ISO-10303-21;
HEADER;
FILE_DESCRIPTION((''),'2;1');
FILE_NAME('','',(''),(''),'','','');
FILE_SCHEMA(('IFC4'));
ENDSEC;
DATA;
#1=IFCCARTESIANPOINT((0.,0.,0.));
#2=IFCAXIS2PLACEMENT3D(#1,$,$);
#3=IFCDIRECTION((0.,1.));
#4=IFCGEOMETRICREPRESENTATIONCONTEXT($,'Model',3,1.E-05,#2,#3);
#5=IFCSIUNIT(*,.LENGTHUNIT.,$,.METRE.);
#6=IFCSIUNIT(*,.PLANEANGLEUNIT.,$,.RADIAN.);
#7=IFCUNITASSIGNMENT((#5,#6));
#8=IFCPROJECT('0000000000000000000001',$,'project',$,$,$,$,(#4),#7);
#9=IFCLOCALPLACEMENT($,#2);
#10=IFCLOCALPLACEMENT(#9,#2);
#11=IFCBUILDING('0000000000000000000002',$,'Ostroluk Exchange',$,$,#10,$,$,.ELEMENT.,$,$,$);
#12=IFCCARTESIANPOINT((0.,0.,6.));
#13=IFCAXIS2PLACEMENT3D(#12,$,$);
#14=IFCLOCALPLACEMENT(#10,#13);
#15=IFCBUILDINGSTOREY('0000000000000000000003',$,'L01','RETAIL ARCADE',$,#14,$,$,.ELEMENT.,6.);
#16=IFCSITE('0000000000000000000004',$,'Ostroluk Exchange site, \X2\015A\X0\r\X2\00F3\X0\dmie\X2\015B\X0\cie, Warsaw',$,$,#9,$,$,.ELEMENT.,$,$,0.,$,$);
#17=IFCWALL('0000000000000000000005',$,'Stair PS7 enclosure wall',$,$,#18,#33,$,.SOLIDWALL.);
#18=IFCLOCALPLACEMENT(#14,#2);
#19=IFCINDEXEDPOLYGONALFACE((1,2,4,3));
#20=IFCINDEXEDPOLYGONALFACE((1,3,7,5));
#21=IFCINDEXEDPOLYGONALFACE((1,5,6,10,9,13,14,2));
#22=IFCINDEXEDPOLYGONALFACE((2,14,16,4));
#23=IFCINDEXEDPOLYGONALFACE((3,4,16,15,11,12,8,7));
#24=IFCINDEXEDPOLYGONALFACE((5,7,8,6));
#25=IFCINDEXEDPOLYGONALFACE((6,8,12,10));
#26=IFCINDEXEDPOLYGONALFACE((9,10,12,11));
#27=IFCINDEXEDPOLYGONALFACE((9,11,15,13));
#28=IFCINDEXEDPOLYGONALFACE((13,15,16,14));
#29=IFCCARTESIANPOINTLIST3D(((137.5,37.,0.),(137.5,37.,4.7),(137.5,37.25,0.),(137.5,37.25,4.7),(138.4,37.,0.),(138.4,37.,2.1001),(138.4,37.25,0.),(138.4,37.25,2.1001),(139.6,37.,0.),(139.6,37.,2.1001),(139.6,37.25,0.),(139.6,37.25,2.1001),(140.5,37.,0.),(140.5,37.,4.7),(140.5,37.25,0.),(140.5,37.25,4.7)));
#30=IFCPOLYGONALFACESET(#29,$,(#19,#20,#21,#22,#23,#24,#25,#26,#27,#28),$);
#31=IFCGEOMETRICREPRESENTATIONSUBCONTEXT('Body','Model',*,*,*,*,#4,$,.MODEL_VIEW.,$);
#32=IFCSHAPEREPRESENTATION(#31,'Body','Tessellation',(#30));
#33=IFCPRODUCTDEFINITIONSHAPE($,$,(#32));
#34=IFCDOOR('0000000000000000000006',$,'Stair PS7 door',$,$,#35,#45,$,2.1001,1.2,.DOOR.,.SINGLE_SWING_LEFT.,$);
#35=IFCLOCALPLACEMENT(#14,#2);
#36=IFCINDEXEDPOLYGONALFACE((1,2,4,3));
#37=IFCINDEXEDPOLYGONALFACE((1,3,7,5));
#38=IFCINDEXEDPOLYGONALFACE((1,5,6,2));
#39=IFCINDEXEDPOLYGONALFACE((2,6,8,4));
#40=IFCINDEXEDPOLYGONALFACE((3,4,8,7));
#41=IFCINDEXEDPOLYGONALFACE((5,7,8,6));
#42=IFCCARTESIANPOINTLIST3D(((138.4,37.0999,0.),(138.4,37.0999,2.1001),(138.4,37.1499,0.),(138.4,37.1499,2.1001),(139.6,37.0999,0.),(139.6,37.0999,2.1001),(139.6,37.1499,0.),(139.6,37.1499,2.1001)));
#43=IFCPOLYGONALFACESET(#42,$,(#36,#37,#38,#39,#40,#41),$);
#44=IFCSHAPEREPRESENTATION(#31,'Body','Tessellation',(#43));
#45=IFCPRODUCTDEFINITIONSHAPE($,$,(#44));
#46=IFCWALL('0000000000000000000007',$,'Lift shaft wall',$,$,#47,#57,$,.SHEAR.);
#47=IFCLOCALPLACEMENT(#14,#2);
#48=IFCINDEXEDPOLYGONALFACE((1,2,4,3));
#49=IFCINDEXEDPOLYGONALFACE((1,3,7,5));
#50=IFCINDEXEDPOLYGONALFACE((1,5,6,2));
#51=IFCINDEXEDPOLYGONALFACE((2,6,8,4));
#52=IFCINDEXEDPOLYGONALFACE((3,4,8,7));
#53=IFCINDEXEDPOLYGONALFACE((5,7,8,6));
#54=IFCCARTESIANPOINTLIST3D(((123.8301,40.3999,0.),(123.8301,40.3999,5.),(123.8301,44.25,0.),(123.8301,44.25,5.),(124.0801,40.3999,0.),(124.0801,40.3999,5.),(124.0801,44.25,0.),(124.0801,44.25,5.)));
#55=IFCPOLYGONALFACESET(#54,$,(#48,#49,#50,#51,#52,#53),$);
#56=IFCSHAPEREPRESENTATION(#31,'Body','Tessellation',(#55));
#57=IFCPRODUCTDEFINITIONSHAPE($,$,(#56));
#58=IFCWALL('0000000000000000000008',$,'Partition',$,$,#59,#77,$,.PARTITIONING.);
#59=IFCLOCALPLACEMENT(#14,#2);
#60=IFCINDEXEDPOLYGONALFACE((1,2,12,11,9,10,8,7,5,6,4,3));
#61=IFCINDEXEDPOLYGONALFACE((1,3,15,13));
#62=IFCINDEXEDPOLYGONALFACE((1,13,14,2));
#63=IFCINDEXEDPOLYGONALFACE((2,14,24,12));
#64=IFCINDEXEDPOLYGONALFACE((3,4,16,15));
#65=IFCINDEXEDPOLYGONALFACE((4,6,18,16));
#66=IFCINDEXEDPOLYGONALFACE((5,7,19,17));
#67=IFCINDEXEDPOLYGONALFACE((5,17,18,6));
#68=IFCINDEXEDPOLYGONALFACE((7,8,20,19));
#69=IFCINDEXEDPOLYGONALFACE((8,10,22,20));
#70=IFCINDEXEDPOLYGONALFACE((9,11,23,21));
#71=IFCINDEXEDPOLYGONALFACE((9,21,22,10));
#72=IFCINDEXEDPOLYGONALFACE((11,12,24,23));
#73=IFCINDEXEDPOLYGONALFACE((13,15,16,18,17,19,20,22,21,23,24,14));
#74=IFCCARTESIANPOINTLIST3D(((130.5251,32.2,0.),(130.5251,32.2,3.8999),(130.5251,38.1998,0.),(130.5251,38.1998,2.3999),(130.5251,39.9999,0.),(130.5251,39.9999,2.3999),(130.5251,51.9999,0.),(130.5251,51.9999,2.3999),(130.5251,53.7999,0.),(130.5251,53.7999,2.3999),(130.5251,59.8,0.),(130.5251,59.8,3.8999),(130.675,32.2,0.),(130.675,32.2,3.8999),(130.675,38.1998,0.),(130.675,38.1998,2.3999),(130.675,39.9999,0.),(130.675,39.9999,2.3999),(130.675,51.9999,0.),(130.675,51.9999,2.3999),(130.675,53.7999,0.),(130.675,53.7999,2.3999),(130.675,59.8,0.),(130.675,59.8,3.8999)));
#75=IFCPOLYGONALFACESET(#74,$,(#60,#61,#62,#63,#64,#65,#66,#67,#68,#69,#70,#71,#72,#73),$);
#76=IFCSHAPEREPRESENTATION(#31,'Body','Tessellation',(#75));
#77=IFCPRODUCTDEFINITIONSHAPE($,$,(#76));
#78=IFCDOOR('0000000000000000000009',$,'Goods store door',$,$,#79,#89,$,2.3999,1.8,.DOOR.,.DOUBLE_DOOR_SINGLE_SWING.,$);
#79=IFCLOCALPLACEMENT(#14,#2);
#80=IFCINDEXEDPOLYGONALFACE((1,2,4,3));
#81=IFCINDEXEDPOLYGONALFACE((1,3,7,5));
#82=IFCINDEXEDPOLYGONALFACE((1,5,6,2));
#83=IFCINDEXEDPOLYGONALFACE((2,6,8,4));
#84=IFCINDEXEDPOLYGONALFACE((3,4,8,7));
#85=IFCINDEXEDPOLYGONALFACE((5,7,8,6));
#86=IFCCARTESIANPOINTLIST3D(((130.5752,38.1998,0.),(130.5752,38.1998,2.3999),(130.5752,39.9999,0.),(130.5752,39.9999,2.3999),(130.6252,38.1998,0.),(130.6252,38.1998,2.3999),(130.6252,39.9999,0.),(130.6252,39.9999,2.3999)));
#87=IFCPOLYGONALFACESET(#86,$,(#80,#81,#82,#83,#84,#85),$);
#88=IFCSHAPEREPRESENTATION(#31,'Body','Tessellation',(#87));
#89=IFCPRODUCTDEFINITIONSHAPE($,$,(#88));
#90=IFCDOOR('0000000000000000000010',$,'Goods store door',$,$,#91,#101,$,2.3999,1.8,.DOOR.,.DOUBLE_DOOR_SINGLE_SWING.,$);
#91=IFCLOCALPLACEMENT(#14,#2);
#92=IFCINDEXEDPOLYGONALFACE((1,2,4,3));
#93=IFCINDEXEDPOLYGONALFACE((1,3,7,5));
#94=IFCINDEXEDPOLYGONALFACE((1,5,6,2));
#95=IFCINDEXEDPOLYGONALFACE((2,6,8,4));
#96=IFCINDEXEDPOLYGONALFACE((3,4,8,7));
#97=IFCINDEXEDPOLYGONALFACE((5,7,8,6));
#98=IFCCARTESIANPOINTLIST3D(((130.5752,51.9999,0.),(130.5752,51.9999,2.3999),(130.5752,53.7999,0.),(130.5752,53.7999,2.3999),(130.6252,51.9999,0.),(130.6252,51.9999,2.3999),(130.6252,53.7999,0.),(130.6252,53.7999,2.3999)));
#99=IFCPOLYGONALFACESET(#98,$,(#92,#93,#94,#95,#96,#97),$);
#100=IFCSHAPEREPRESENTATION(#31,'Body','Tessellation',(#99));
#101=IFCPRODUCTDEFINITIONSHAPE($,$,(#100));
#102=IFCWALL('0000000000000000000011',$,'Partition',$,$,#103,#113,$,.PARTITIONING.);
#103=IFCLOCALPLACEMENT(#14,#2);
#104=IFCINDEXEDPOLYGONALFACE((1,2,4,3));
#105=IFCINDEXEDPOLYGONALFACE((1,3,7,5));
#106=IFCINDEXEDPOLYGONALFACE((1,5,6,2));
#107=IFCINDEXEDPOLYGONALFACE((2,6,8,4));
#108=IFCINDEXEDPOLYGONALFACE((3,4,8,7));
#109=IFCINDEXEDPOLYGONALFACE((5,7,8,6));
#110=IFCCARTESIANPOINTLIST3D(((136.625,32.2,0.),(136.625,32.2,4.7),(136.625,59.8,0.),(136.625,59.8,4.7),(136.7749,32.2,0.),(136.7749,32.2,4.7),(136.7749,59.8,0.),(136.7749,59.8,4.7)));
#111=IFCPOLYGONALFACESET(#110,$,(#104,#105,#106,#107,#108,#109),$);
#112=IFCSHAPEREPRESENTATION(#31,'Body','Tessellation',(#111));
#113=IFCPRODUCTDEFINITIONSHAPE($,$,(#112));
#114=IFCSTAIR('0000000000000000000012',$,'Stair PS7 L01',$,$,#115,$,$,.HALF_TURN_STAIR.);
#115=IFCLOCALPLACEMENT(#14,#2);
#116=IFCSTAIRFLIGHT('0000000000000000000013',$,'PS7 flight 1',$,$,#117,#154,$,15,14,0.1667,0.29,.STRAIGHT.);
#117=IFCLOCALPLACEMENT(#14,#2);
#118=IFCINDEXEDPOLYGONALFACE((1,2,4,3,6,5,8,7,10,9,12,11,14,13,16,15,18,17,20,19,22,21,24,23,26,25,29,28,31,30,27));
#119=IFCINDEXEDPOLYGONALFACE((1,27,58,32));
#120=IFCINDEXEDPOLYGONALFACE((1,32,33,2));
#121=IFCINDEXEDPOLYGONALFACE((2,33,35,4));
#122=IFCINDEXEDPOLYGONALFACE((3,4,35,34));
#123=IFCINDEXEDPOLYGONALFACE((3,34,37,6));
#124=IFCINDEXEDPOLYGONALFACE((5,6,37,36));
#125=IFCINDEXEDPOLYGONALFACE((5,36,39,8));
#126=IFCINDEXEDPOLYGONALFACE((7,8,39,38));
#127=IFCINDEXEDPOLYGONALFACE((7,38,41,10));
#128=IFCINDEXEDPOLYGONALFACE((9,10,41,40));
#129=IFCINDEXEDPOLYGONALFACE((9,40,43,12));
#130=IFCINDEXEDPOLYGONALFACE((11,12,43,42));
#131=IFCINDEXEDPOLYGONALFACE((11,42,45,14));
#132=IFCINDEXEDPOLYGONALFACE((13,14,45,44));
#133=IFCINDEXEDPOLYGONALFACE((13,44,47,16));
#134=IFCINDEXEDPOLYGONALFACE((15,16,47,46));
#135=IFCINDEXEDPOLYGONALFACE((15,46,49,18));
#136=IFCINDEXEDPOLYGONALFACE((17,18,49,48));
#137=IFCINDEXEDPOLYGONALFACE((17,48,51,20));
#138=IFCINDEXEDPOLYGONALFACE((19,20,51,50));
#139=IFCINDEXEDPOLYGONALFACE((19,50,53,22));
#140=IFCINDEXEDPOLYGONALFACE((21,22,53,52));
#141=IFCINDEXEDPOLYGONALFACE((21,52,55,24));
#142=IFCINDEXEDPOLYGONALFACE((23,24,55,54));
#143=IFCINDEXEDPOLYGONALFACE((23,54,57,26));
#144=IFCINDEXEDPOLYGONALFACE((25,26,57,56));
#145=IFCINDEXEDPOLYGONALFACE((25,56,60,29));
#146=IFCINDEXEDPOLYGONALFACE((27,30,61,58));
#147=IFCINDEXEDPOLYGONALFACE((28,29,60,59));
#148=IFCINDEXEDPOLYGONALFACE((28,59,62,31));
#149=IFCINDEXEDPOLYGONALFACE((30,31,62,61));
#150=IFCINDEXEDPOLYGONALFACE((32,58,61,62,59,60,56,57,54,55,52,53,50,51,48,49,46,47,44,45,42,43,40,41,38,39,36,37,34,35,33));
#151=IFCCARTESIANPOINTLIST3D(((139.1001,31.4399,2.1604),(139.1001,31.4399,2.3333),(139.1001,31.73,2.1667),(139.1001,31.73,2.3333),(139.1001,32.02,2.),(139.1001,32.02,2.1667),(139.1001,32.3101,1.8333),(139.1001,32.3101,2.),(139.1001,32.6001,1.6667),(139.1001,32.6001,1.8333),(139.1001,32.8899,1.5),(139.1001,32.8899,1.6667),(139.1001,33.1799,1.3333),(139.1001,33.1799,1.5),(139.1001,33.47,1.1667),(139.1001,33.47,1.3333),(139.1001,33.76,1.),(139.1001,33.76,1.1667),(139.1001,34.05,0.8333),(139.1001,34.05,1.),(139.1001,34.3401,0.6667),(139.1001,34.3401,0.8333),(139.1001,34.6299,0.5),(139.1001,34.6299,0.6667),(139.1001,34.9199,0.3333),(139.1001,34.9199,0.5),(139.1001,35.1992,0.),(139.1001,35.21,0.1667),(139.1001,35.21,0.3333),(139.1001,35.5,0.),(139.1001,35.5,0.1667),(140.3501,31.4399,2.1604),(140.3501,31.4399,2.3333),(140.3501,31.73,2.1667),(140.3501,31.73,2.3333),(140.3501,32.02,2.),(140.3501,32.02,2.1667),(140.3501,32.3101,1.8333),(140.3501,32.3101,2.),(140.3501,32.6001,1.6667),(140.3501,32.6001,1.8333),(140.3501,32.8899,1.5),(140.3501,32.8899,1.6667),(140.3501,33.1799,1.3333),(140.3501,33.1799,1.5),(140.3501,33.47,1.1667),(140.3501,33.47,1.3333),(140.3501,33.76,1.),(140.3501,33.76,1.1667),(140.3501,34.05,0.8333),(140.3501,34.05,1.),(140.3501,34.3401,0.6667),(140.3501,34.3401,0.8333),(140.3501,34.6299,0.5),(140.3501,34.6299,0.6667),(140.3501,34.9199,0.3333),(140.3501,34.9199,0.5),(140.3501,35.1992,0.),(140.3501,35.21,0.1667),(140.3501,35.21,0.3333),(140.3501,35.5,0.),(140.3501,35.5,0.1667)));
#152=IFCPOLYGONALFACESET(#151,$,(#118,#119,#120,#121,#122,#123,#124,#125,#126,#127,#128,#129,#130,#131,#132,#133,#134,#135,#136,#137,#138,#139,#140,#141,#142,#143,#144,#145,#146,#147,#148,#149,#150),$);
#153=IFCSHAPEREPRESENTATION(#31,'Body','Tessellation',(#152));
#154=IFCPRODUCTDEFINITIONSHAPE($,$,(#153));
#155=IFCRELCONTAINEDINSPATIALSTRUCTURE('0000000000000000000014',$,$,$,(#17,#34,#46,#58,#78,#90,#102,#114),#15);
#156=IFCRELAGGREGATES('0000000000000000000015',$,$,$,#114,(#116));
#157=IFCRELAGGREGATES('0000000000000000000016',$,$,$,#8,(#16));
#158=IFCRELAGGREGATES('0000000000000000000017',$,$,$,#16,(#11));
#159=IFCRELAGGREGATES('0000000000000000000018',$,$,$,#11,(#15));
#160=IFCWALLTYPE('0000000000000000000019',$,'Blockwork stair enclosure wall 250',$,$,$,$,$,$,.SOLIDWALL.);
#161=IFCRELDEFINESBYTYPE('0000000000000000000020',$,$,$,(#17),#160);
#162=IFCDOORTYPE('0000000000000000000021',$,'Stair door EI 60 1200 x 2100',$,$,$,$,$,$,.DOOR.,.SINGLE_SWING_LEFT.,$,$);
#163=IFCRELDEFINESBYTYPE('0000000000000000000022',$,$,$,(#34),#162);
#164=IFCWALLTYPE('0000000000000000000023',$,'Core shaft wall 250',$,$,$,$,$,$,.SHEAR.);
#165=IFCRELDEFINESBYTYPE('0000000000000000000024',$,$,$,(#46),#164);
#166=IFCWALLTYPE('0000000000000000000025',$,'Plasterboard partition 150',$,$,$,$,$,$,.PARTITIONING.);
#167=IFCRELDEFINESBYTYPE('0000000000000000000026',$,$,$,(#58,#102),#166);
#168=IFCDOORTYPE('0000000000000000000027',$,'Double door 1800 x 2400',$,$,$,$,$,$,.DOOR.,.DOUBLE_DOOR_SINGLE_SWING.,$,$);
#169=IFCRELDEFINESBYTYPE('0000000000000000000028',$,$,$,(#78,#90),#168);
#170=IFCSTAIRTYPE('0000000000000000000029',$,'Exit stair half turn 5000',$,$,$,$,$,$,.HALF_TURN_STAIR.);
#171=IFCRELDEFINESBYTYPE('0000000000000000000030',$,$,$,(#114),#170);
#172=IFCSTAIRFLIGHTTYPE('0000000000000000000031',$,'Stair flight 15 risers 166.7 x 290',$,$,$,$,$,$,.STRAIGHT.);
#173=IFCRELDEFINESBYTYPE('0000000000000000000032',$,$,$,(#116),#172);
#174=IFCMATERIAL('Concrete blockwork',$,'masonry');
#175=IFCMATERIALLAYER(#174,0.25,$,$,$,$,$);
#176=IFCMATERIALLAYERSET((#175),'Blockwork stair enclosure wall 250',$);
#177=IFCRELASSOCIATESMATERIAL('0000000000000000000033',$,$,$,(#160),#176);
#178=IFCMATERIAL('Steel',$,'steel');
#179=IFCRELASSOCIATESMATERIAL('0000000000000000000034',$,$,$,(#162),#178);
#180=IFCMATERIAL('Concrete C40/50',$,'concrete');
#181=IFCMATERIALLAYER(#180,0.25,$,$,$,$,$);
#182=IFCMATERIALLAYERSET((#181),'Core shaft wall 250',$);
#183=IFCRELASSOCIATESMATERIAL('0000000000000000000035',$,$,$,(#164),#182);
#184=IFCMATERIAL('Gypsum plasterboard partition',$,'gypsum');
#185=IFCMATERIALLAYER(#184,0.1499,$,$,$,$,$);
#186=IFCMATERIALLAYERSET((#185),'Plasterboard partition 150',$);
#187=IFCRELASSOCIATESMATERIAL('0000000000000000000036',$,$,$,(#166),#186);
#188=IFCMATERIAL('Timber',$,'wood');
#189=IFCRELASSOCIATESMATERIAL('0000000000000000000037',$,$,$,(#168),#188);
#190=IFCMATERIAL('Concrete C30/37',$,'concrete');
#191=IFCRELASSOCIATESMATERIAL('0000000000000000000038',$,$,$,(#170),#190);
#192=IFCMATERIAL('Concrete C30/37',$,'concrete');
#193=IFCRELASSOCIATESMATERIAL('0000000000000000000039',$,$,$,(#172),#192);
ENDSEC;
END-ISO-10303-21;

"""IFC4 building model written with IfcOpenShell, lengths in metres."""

from ifc_helpers import new_model, si_unit, direction, frame, frame_2d, origin, place, context, subcontext, project, spatial, polyline, rectangle, outline, extrude, material, layer, layer_set, type_object, element, fill, aggregate, save


model = new_model("IFC4")

# Units and contexts
model_context = context("Model", 3, precision=1e-05, world=origin(), true_north=direction((0.0, 1.0)))
body_context = subcontext(model_context, "Body", "Model", "MODEL_VIEW")
ifc_project = project(units=[si_unit("LENGTHUNIT", "METRE"), si_unit("PLANEANGLEUNIT", "RADIAN")], contexts=[model_context])

# Site, building, storey
site_placement = place(None, origin())
site = spatial("IfcSite", under=ifc_project, at=site_placement, Name="Ostroluk Exchange site, Śródmieście, Warsaw", CompositionType="ELEMENT", RefElevation=0.0)
building_placement = place(site_placement, origin())
building = spatial("IfcBuilding", under=site, at=building_placement, Name="Ostroluk Exchange", CompositionType="ELEMENT")
storey_placement = place(building_placement, frame((0.0, 0.0, 6.0)))
storey = spatial("IfcBuildingStorey", under=building, at=storey_placement, Name="L01", Description="RETAIL ARCADE", CompositionType="ELEMENT", Elevation=6.0)

# Wall, opening, door
ifc_material_1 = material(Name="Concrete blockwork", Category="masonry")
ifc_layer_1 = layer(ifc_material_1, 0.25)
ifc_layer_set_1 = layer_set([ifc_layer_1], Name="Blockwork stair enclosure wall 250")
wall_type_1 = type_object("IfcWallType", Name="Blockwork stair enclosure wall 250", PredefinedType="SOLIDWALL", material=ifc_layer_set_1)
wall_1_placement = place(storey_placement, frame((137.5, 37.125, 0.0), z_axis=(0.0, 0.0, 1.0), x_axis=(1.0, 0.0, 0.0)))
wall_1 = element("IfcWall", 1, at=wall_1_placement, inside=storey, type_object=wall_type_1, Name="Stair PS7 enclosure wall", PredefinedType="SOLIDWALL", context=body_context, shape_type="SweptSolid", body=[
    extrude(rectangle(XDim=3.0, YDim=0.25, at=frame_2d((1.5, 0.0))), origin(), (0.0, 0.0, 1.0), 4.7),
])
opening_1_placement = place(wall_1_placement, frame((0.8999, 0.0, 0.0)))
opening_1 = element("IfcOpeningElement", 2, at=opening_1_placement, cuts=wall_1, PredefinedType="OPENING", context=body_context, shape_type="SweptSolid", body=[
    extrude(rectangle(XDim=1.2, YDim=2.1001, at=frame_2d((0.6001, 1.05))), frame((0.0, 0.135, 0.0), z_axis=(0.0, -1.0, 0.0), x_axis=(1.0, 0.0, 0.0)), (0.0, 0.0, 1.0), 0.27),
])
ifc_material_2 = material(Name="Steel", Category="steel")
door_type_1 = type_object("IfcDoorType", Name="Stair door EI 60 1200 x 2100", OperationType="SINGLE_SWING_LEFT", PredefinedType="DOOR", material=ifc_material_2)
door_1_placement = place(opening_1_placement, origin())
door_1 = element("IfcDoor", 3, at=door_1_placement, inside=storey, type_object=door_type_1, Name="Stair PS7 door", OperationType="SINGLE_SWING_LEFT", OverallHeight=2.1001, OverallWidth=1.2, PredefinedType="DOOR", context=body_context, shape_type="SweptSolid", body=[
    extrude(rectangle(XDim=1.2, YDim=2.1001, at=frame_2d((0.6001, 1.05))), frame((0.0, 0.0249, 0.0), z_axis=(0.0, -1.0, 0.0), x_axis=(1.0, 0.0, 0.0)), (0.0, 0.0, 1.0), 0.05),
])
fill(opening_1, door_1)

# Wall
ifc_material_3 = material(Name="Concrete C40/50", Category="concrete")
ifc_layer_2 = layer(ifc_material_3, 0.25)
ifc_layer_set_2 = layer_set([ifc_layer_2], Name="Core shaft wall 250")
wall_type_2 = type_object("IfcWallType", Name="Core shaft wall 250", PredefinedType="SHEAR", material=ifc_layer_set_2)
wall_2_placement = place(storey_placement, frame((123.9551, 44.25, 0.0), z_axis=(0.0, 0.0, 1.0), x_axis=(0.0, -1.0, 0.0)))
element("IfcWall", 4, at=wall_2_placement, inside=storey, type_object=wall_type_2, Name="Lift shaft wall", PredefinedType="SHEAR", context=body_context, shape_type="SweptSolid", body=[
    extrude(rectangle(XDim=3.8501, YDim=0.25, at=frame_2d((1.925, 0.0))), origin(), (0.0, 0.0, 1.0), 5.0),
])

# Wall, openings, doors
ifc_material_4 = material(Name="Gypsum plasterboard partition", Category="gypsum")
ifc_layer_3 = layer(ifc_material_4, 0.1499)
ifc_layer_set_3 = layer_set([ifc_layer_3], Name="Plasterboard partition 150")
wall_type_3 = type_object("IfcWallType", Name="Plasterboard partition 150", PredefinedType="PARTITIONING", material=ifc_layer_set_3)
wall_3_placement = place(storey_placement, frame((130.6001, 32.2, 0.0), z_axis=(0.0, 0.0, 1.0), x_axis=(0.0, 1.0, 0.0)))
wall_3 = element("IfcWall", 5, at=wall_3_placement, inside=storey, type_object=wall_type_3, Name="Partition", PredefinedType="PARTITIONING", context=body_context, shape_type="SweptSolid", body=[
    extrude(rectangle(XDim=27.6001, YDim=0.1499, at=frame_2d((13.8, 0.0))), origin(), (0.0, 0.0, 1.0), 3.8999),
])
opening_2_placement = place(wall_3_placement, frame((6.0, 0.0, 0.0)))
opening_2 = element("IfcOpeningElement", 6, at=opening_2_placement, cuts=wall_3, PredefinedType="OPENING", context=body_context, shape_type="SweptSolid", body=[
    extrude(rectangle(XDim=1.8, YDim=2.3999, at=frame_2d((0.8999, 1.2))), frame((0.0, 0.085, 0.0), z_axis=(0.0, -1.0, 0.0), x_axis=(1.0, 0.0, 0.0)), (0.0, 0.0, 1.0), 0.1699),
])
opening_3_placement = place(wall_3_placement, frame((19.8, 0.0, 0.0)))
opening_3 = element("IfcOpeningElement", 7, at=opening_3_placement, cuts=wall_3, PredefinedType="OPENING", context=body_context, shape_type="SweptSolid", body=[
    extrude(rectangle(XDim=1.8, YDim=2.3999, at=frame_2d((0.8999, 1.2))), frame((0.0, 0.085, 0.0), z_axis=(0.0, -1.0, 0.0), x_axis=(1.0, 0.0, 0.0)), (0.0, 0.0, 1.0), 0.1699),
])
ifc_material_5 = material(Name="Timber", Category="wood")
door_type_2 = type_object("IfcDoorType", Name="Double door 1800 x 2400", OperationType="DOUBLE_DOOR_SINGLE_SWING", PredefinedType="DOOR", material=ifc_material_5)
door_2_placement = place(opening_2_placement, origin())
door_2 = element("IfcDoor", 8, at=door_2_placement, inside=storey, type_object=door_type_2, Name="Goods store door", OperationType="DOUBLE_DOOR_SINGLE_SWING", OverallHeight=2.3999, OverallWidth=1.8, PredefinedType="DOOR", context=body_context, shape_type="SweptSolid", body=[
    extrude(rectangle(XDim=1.8, YDim=2.3999, at=frame_2d((0.8999, 1.2))), frame((0.0, 0.0249, 0.0), z_axis=(0.0, -1.0, 0.0), x_axis=(1.0, 0.0, 0.0)), (0.0, 0.0, 1.0), 0.05),
])
fill(opening_2, door_2)
door_3_placement = place(opening_3_placement, origin())
door_3 = element("IfcDoor", 9, at=door_3_placement, inside=storey, type_object=door_type_2, Name="Goods store door", OperationType="DOUBLE_DOOR_SINGLE_SWING", OverallHeight=2.3999, OverallWidth=1.8, PredefinedType="DOOR", context=body_context, shape_type="SweptSolid", body=[
    extrude(rectangle(XDim=1.8, YDim=2.3999, at=frame_2d((0.8999, 1.2))), frame((0.0, 0.0249, 0.0), z_axis=(0.0, -1.0, 0.0), x_axis=(1.0, 0.0, 0.0)), (0.0, 0.0, 1.0), 0.05),
])
fill(opening_3, door_3)

# Wall
wall_4_placement = place(storey_placement, frame((136.7, 32.2, 0.0), z_axis=(0.0, 0.0, 1.0), x_axis=(0.0, 1.0, 0.0)))
element("IfcWall", 10, at=wall_4_placement, inside=storey, type_object=wall_type_3, Name="Partition", PredefinedType="PARTITIONING", context=body_context, shape_type="SweptSolid", body=[
    extrude(rectangle(XDim=27.6001, YDim=0.1499, at=frame_2d((13.8, 0.0))), origin(), (0.0, 0.0, 1.0), 4.7),
])

# Stair, stair flight
ifc_material_6 = material(Name="Concrete C30/37", Category="concrete")
stair_type = type_object("IfcStairType", Name="Exit stair half turn 5000", PredefinedType="HALF_TURN_STAIR", material=ifc_material_6)
stair_placement = place(storey_placement, origin())
stair = element("IfcStair", 11, at=stair_placement, inside=storey, type_object=stair_type, Name="Stair PS7 L01", PredefinedType="HALF_TURN_STAIR")
ifc_material_7 = material(Name="Concrete C30/37", Category="concrete")
stair_flight_type = type_object("IfcStairFlightType", Name="Stair flight 15 risers 166.7 x 290", PredefinedType="STRAIGHT", material=ifc_material_7)
stair_flight_1_placement = place(storey_placement, frame((139.7251, 35.5, 0.0), z_axis=(0.0, 0.0, 1.0), x_axis=(0.0, -1.0, 0.0)))
stair_flight_1 = element("IfcStairFlight", 12, at=stair_flight_1_placement, type_object=stair_flight_type, Name="PS7 flight 1", NumberOfRisers=15, NumberOfTreads=14, PredefinedType="STRAIGHT", RiserHeight=0.1667, TreadLength=0.29, context=body_context, shape_type="SweptSolid", body=[
    extrude(outline(polyline([(0.0, 0.0), (0.0, 0.1667), (0.29, 0.1667), (0.29, 0.3333), (0.5801, 0.3333), (0.5801, 0.5), (0.8701, 0.5), (0.8701, 0.6667), (1.1599, 0.6667), (1.1599, 0.8333), (1.45, 0.8333), (1.45, 1.0), (1.74, 1.0), (1.74, 1.1667), (2.03, 1.1667), (2.03, 1.3333), (2.3201, 1.3333), (2.3201, 1.5), (2.6101, 1.5), (2.6101, 1.6667), (2.8999, 1.6667), (2.8999, 1.8333), (3.1899, 1.8333), (3.1899, 2.0), (3.48, 2.0), (3.48, 2.1667), (3.77, 2.1667), (3.77, 2.3333), (4.0601, 2.3333), (4.0601, 2.5), (4.0601, 2.1604), (0.3008, 0.0), (0.0, 0.0)])), frame((0.0, 0.625, 0.0), z_axis=(0.0, -1.0, 0.0), x_axis=(1.0, 0.0, 0.0)), (0.0, 0.0, 1.0), 1.25),
])
aggregate(stair, [stair_flight_1])

save(model, "model.ifc")
